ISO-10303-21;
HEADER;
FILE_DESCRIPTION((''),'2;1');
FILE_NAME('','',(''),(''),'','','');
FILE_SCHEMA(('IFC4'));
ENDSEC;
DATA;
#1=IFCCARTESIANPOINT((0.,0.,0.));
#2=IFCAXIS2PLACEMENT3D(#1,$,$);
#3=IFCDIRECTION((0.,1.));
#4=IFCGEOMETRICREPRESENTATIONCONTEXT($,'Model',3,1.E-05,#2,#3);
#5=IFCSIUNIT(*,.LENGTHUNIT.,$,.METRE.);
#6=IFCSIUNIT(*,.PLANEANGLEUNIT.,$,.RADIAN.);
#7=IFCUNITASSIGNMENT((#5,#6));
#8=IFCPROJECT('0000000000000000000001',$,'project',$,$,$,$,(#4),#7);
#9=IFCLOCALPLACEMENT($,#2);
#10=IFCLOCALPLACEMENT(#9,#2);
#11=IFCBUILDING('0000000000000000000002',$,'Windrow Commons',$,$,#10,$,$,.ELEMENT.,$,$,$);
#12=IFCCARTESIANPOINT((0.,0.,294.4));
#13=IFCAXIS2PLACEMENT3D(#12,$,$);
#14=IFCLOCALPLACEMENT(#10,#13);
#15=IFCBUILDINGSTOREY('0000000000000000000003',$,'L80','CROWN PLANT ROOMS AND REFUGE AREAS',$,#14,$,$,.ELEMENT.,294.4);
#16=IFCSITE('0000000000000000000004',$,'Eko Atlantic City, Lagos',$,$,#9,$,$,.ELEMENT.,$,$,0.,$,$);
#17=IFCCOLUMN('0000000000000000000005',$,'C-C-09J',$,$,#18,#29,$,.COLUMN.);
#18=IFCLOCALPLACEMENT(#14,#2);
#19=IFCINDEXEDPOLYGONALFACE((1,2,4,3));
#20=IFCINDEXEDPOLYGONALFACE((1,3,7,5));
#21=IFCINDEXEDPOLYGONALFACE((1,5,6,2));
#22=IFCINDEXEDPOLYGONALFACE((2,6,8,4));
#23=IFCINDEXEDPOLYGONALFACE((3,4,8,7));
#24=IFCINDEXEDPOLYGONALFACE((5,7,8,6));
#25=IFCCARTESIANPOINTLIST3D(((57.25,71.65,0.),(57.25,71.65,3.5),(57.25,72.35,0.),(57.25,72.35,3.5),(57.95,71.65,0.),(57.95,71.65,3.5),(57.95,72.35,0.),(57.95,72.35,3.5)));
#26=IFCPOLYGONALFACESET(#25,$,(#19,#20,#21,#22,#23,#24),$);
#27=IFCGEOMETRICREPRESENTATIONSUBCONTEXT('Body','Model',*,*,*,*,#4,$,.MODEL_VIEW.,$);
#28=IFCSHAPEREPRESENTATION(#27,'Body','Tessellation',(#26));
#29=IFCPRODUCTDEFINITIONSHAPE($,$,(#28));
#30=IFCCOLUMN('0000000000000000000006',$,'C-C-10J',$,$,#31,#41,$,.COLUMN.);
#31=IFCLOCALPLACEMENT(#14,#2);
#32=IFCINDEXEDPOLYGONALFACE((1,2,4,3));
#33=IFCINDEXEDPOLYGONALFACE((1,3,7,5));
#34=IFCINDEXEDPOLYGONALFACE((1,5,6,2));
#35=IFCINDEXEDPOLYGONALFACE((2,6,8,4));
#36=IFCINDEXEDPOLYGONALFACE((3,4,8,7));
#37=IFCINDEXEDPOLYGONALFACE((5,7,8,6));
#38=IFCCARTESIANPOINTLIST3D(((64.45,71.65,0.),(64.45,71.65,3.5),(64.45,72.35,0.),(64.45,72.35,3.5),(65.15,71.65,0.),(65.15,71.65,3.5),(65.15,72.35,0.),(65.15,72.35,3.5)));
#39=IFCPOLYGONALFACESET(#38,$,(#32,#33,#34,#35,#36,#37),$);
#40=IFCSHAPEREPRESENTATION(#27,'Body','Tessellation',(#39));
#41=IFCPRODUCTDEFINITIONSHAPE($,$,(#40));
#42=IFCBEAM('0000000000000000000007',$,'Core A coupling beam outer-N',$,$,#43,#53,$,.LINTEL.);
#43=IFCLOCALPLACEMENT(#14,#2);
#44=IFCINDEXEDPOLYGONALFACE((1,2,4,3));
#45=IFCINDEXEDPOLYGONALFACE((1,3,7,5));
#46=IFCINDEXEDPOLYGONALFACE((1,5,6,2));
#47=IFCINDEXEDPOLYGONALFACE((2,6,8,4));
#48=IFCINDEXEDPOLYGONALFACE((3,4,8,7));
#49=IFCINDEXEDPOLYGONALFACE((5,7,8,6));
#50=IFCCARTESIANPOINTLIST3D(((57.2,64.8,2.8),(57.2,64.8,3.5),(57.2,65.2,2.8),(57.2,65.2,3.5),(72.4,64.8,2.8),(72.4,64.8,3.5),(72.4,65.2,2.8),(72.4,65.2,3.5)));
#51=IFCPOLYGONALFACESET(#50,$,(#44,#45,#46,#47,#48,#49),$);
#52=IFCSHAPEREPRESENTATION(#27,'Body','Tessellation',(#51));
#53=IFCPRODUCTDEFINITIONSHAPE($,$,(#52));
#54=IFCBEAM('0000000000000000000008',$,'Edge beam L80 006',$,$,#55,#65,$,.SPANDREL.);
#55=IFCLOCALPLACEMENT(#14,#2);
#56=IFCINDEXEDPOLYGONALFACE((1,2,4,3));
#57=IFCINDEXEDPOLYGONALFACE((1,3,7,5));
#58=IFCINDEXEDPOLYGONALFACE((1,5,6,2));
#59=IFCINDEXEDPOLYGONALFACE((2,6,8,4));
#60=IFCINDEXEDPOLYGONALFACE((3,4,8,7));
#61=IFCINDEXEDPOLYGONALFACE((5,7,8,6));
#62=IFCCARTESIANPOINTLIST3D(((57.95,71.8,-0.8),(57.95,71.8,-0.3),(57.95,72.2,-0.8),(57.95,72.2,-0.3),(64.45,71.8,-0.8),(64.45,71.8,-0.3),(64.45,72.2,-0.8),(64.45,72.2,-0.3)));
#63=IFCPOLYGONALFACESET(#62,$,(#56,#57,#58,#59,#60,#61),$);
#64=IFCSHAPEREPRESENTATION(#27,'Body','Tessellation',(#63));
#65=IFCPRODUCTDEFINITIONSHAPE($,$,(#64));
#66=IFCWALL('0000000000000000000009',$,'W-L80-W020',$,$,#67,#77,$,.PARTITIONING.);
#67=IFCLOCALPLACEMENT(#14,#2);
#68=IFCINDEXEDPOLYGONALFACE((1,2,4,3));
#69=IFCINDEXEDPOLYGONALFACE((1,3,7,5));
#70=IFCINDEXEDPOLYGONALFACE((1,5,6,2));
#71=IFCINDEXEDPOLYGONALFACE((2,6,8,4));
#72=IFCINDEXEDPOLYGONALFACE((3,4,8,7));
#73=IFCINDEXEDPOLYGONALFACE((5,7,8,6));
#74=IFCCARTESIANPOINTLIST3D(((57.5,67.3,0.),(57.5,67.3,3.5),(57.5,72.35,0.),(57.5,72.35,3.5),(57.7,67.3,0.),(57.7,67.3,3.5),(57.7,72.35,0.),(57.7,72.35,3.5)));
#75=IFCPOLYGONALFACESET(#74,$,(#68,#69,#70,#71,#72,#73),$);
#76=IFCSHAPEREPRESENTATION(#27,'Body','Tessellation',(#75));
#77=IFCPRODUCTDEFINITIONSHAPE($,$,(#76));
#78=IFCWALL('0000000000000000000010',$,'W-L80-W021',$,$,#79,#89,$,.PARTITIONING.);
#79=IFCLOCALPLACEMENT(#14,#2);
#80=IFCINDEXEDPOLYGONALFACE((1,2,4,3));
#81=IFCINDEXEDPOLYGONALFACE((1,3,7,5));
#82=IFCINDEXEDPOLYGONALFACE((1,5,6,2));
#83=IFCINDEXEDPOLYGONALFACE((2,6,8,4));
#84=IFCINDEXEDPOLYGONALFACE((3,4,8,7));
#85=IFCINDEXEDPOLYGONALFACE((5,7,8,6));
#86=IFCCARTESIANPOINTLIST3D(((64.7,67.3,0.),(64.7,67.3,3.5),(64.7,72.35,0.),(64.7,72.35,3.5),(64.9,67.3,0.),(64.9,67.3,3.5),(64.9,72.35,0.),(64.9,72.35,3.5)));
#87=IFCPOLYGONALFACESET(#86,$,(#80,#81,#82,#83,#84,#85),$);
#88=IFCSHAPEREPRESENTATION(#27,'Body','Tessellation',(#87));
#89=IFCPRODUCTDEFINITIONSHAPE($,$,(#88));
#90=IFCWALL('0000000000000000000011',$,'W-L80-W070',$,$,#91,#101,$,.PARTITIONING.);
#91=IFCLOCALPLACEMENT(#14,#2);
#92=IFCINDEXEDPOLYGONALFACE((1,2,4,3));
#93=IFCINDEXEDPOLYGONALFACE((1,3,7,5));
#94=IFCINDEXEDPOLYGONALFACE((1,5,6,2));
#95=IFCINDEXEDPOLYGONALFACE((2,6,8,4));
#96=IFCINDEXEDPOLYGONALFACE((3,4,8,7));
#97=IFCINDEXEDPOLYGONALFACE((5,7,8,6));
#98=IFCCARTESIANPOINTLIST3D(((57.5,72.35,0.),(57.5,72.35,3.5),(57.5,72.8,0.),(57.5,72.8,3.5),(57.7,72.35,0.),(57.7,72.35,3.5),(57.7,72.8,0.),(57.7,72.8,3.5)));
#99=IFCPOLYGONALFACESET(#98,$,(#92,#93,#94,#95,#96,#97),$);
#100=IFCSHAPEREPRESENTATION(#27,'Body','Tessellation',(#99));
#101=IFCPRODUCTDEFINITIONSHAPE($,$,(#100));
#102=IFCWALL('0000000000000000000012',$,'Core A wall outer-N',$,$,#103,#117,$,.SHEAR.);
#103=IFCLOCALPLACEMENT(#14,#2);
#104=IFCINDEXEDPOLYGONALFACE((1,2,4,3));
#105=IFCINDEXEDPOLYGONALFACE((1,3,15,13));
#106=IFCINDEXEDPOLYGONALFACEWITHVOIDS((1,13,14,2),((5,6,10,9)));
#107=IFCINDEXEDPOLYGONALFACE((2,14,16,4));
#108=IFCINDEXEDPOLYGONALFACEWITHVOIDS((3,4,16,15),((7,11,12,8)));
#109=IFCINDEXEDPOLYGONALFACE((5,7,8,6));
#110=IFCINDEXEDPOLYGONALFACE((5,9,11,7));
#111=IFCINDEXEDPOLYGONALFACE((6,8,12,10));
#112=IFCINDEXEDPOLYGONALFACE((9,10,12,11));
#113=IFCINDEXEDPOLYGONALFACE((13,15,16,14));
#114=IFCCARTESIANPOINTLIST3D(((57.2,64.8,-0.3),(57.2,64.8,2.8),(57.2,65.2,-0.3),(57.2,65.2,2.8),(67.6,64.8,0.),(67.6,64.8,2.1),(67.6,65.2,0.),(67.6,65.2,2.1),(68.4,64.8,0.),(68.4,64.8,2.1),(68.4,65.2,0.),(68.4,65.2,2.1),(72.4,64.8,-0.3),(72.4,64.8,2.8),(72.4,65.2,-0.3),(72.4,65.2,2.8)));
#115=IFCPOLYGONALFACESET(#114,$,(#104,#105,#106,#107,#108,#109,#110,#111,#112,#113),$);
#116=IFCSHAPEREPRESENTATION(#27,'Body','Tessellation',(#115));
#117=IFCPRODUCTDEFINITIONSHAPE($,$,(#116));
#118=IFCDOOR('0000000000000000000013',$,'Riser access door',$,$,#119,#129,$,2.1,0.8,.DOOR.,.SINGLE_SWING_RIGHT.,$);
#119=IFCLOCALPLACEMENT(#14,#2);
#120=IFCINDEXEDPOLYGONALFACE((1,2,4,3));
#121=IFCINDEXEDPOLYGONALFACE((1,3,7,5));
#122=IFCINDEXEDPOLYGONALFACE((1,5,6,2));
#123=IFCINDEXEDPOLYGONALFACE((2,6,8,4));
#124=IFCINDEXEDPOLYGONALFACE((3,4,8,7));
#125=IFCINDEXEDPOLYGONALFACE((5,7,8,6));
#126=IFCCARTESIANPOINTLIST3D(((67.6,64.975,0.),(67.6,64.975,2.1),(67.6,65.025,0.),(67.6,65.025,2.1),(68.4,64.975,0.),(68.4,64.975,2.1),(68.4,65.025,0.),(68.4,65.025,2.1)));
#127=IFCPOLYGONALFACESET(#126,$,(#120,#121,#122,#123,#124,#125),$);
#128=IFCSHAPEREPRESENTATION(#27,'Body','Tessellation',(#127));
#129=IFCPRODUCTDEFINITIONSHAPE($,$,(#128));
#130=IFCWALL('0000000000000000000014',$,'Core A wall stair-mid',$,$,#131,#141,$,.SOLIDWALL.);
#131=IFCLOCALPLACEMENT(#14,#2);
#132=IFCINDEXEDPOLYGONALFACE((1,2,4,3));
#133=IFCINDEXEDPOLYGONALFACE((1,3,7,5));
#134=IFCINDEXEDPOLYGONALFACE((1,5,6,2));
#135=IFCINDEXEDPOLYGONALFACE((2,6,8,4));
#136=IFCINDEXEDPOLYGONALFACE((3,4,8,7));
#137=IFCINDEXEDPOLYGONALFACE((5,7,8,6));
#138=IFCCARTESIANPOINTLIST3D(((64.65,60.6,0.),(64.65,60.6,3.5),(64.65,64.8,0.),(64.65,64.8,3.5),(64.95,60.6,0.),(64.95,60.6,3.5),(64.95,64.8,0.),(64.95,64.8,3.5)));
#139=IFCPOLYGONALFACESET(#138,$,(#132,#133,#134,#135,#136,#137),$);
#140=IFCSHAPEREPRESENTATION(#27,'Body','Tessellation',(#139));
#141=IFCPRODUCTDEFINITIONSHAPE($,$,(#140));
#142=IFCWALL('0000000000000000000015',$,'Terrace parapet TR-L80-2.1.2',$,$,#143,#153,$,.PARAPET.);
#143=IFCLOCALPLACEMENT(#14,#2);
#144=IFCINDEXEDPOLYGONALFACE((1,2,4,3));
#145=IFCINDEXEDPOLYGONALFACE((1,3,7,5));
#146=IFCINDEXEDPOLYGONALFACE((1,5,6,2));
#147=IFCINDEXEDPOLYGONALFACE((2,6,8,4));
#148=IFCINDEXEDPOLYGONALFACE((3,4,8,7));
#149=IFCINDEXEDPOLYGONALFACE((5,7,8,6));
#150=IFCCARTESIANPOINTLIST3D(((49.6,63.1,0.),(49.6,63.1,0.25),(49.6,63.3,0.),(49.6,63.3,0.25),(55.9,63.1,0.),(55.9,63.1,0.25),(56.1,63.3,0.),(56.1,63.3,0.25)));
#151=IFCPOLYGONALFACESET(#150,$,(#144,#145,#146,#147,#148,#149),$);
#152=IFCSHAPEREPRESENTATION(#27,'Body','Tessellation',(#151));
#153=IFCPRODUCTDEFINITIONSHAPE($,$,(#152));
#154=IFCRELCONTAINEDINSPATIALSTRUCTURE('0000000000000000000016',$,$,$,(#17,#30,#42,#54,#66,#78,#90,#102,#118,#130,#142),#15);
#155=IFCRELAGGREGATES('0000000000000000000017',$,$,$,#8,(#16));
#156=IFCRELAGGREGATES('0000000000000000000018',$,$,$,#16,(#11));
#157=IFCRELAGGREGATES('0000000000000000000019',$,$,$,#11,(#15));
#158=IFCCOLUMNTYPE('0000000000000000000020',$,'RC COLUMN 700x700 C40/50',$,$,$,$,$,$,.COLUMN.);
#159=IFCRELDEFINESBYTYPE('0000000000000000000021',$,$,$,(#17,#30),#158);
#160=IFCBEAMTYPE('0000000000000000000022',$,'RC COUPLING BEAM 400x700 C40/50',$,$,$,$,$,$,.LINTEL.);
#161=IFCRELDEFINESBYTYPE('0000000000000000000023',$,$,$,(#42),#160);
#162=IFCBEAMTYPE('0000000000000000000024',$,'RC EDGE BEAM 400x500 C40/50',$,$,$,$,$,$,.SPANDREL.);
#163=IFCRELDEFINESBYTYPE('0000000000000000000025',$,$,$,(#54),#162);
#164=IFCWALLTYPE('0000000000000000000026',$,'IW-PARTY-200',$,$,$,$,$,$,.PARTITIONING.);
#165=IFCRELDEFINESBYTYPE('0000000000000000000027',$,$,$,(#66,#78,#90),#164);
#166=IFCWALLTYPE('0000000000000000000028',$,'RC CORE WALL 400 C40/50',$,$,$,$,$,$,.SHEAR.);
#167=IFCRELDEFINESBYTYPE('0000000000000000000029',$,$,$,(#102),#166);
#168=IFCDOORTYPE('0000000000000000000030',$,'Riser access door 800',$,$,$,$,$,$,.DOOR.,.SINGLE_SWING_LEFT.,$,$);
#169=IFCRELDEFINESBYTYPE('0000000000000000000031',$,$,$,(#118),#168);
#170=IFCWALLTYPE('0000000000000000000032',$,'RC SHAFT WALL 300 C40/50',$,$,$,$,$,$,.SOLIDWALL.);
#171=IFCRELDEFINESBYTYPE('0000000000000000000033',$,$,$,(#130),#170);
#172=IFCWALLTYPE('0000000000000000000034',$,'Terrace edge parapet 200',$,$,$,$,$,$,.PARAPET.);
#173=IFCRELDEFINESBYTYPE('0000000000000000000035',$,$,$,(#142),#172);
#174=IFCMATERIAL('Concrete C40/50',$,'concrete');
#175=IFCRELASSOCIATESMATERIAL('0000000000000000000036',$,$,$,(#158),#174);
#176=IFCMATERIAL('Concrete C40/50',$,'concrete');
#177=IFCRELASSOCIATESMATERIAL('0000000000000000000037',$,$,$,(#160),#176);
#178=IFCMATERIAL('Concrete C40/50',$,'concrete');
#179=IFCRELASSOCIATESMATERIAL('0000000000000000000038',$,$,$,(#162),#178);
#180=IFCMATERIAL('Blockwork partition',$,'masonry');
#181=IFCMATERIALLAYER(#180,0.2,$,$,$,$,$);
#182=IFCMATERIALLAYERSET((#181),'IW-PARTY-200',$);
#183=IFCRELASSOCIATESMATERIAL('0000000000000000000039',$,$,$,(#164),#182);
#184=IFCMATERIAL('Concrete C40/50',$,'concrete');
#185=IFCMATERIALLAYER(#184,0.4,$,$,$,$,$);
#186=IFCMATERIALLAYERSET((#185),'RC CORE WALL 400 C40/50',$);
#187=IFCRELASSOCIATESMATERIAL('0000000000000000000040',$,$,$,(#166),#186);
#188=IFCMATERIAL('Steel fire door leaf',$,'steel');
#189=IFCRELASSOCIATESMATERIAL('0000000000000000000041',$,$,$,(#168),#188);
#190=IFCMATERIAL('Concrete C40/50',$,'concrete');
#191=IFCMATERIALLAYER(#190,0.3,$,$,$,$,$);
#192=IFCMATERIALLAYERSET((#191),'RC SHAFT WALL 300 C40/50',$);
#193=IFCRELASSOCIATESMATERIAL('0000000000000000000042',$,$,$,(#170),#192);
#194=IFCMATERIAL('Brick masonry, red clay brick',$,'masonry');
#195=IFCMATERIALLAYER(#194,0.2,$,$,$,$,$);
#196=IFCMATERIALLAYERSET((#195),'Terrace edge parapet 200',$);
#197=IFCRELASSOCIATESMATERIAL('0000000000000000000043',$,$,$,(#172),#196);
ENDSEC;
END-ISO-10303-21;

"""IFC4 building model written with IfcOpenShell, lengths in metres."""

from ifc_helpers import new_model, si_unit, direction, frame, frame_2d, origin, origin_2d, place, context, subcontext, project, spatial, polyline, rectangle, outline, extrude, material, layer, layer_set, material_profile, profile_set, type_object, element, fill, save


model = new_model("IFC4")

# Units and contexts
model_context = context("Model", 3, precision=1e-05, world=origin(), true_north=direction((0.0, 1.0)))
body_context = subcontext(model_context, "Body", "Model", "MODEL_VIEW")
ifc_project = project(units=[si_unit("LENGTHUNIT", "METRE"), si_unit("PLANEANGLEUNIT", "RADIAN")], contexts=[model_context])

# Site, building, storey
site_placement = place(None, origin())
site = spatial("IfcSite", under=ifc_project, at=site_placement, Name="Eko Atlantic City, Lagos", CompositionType="ELEMENT", RefElevation=0.0)
building_placement = place(site_placement, origin())
building = spatial("IfcBuilding", under=site, at=building_placement, Name="Windrow Commons", CompositionType="ELEMENT")
storey_placement = place(building_placement, frame((0.0, 0.0, 294.4)))
storey = spatial("IfcBuildingStorey", under=building, at=storey_placement, Name="L80", Description="CROWN PLANT ROOMS AND REFUGE AREAS", CompositionType="ELEMENT", Elevation=294.4)

# Columns
ifc_material_1 = material(Name="Concrete C40/50", Category="concrete")
ifc_material_profile_1 = material_profile(ifc_material_1, rectangle(XDim=0.7, YDim=0.7, at=origin_2d()))
ifc_profile_set_1 = profile_set([ifc_material_profile_1], Name="Concrete C40/50")
column_type = type_object("IfcColumnType", Name="RC COLUMN 700x700 C40/50", PredefinedType="COLUMN", material=ifc_profile_set_1)
for number, where, z_axis, x_axis, name in (
    (1, (57.6, 72.0, 0.0), (0.0, 0.0, 1.0), (1.0, 0.0, 0.0), "C-C-09J"),
    (2, (64.8, 72.0, 0.0), (0.0, 0.0, 1.0), (1.0, 0.0, 0.0), "C-C-10J"),
):
    element("IfcColumn", number, at=place(storey_placement, frame(where, z_axis=z_axis, x_axis=x_axis)), inside=storey, type_object=column_type, Name=name, PredefinedType="COLUMN", context=body_context, shape_type="SweptSolid", body=[
        extrude(rectangle(XDim=0.7, YDim=0.7, at=origin_2d()), origin(), (0.0, 0.0, 1.0), 3.5),
    ])

# Beams
ifc_material_2 = material(Name="Concrete C40/50", Category="concrete")
ifc_material_profile_2 = material_profile(ifc_material_2, rectangle(XDim=0.4, YDim=0.7, at=origin_2d()))
ifc_profile_set_2 = profile_set([ifc_material_profile_2], Name="Concrete C40/50")
beam_type_1 = type_object("IfcBeamType", Name="RC COUPLING BEAM 400x700 C40/50", PredefinedType="LINTEL", material=ifc_profile_set_2)
beam_1_placement = place(storey_placement, frame((57.2, 65.0, 3.15), z_axis=(1.0, 0.0, 0.0), x_axis=(0.0, 1.0, 0.0)))
element("IfcBeam", 3, at=beam_1_placement, inside=storey, type_object=beam_type_1, Name="Core A coupling beam outer-N", PredefinedType="LINTEL", context=body_context, shape_type="SweptSolid", body=[
    extrude(rectangle(XDim=0.4, YDim=0.7, at=origin_2d()), origin(), (0.0, 0.0, 1.0), 15.2),
])
ifc_material_3 = material(Name="Concrete C40/50", Category="concrete")
ifc_material_profile_3 = material_profile(ifc_material_3, rectangle(XDim=0.4, YDim=0.5, at=origin_2d()))
ifc_profile_set_3 = profile_set([ifc_material_profile_3], Name="Concrete C40/50")
beam_type_2 = type_object("IfcBeamType", Name="RC EDGE BEAM 400x500 C40/50", PredefinedType="SPANDREL", material=ifc_profile_set_3)
beam_2_placement = place(storey_placement, frame((57.95, 72.0, -0.55), z_axis=(1.0, 0.0, 0.0), x_axis=(0.0, 1.0, 0.0)))
element("IfcBeam", 4, at=beam_2_placement, inside=storey, type_object=beam_type_2, Name="Edge beam L80 006", PredefinedType="SPANDREL", context=body_context, shape_type="SweptSolid", body=[
    extrude(rectangle(XDim=0.4, YDim=0.5, at=origin_2d()), origin(), (0.0, 0.0, 1.0), 6.5),
])

# Walls
ifc_material_4 = material(Name="Blockwork partition", Category="masonry")
ifc_layer_1 = layer(ifc_material_4, 0.2)
ifc_layer_set_1 = layer_set([ifc_layer_1], Name="IW-PARTY-200")
wall_type_1 = type_object("IfcWallType", Name="IW-PARTY-200", PredefinedType="PARTITIONING", material=ifc_layer_set_1)
for number, where, z_axis, x_axis, name in (
    (5, (57.6, 67.3, 0.0), (0.0, 0.0, 1.0), (0.0, 1.0, 0.0), "W-L80-W020"),
    (6, (64.8, 67.3, 0.0), (0.0, 0.0, 1.0), (0.0, 1.0, 0.0), "W-L80-W021"),
):
    element("IfcWall", number, at=place(storey_placement, frame(where, z_axis=z_axis, x_axis=x_axis)), inside=storey, type_object=wall_type_1, Name=name, PredefinedType="PARTITIONING", context=body_context, shape_type="SweptSolid", body=[
        extrude(rectangle(XDim=5.05, YDim=0.2, at=frame_2d((2.525, 0.0))), origin(), (0.0, 0.0, 1.0), 3.5),
    ])
wall_1_placement = place(storey_placement, frame((57.6, 72.35, 0.0), z_axis=(0.0, 0.0, 1.0), x_axis=(0.0, 1.0, 0.0)))
element("IfcWall", 7, at=wall_1_placement, inside=storey, type_object=wall_type_1, Name="W-L80-W070", PredefinedType="PARTITIONING", context=body_context, shape_type="SweptSolid", body=[
    extrude(outline(polyline([(0.0, -0.1), (0.45, -0.1), (0.45, 0.1), (0.0, 0.1), (0.0, -0.1)])), origin(), (0.0, 0.0, 1.0), 3.5),
])

# Wall, opening, door
ifc_material_5 = material(Name="Concrete C40/50", Category="concrete")
ifc_layer_2 = layer(ifc_material_5, 0.4)
ifc_layer_set_2 = layer_set([ifc_layer_2], Name="RC CORE WALL 400 C40/50")
wall_type_2 = type_object("IfcWallType", Name="RC CORE WALL 400 C40/50", PredefinedType="SHEAR", material=ifc_layer_set_2)
wall_2_placement = place(storey_placement, frame((57.2, 65.0, -0.3), z_axis=(0.0, 0.0, 1.0), x_axis=(1.0, 0.0, 0.0)))
wall_2 = element("IfcWall", 8, at=wall_2_placement, inside=storey, type_object=wall_type_2, Name="Core A wall outer-N", PredefinedType="SHEAR", context=body_context, shape_type="SweptSolid", body=[
    extrude(outline(polyline([(0.0, 0.0), (15.2, 0.0), (15.2, 3.1), (0.0, 3.1), (0.0, 0.0)])), frame((0.0, 0.2, 0.0), z_axis=(0.0, -1.0, 0.0), x_axis=(1.0, 0.0, 0.0)), (0.0, 0.0, 1.0), 0.4),
])
opening_1_placement = place(wall_2_placement, frame((10.4, 0.0, 0.3)))
opening_1 = element("IfcOpeningElement", 9, at=opening_1_placement, cuts=wall_2, PredefinedType="OPENING", context=body_context, shape_type="SweptSolid", body=[
    extrude(rectangle(XDim=0.8, YDim=2.1, at=frame_2d((0.4, 1.05))), frame((0.0, 0.21, 0.0), z_axis=(0.0, -1.0, 0.0), x_axis=(1.0, 0.0, 0.0)), (0.0, 0.0, 1.0), 0.42),
])
ifc_material_6 = material(Name="Steel fire door leaf", Category="steel")
door_type = type_object("IfcDoorType", Name="Riser access door 800", OperationType="SINGLE_SWING_LEFT", PredefinedType="DOOR", material=ifc_material_6)
door_placement = place(opening_1_placement, origin())
door = element("IfcDoor", 10, at=door_placement, inside=storey, type_object=door_type, Name="Riser access door", OperationType="SINGLE_SWING_RIGHT", OverallHeight=2.1, OverallWidth=0.8, PredefinedType="DOOR", context=body_context, shape_type="SweptSolid", body=[
    extrude(rectangle(XDim=0.8, YDim=2.1, at=frame_2d((0.4, 1.05))), frame((0.0, 0.025, 0.0), z_axis=(0.0, -1.0, 0.0), x_axis=(1.0, 0.0, 0.0)), (0.0, 0.0, 1.0), 0.05),
])
fill(opening_1, door)

# Walls
ifc_material_7 = material(Name="Concrete C40/50", Category="concrete")
ifc_layer_3 = layer(ifc_material_7, 0.3)
ifc_layer_set_3 = layer_set([ifc_layer_3], Name="RC SHAFT WALL 300 C40/50")
wall_type_3 = type_object("IfcWallType", Name="RC SHAFT WALL 300 C40/50", PredefinedType="SOLIDWALL", material=ifc_layer_set_3)
wall_3_placement = place(storey_placement, frame((64.8, 60.6, 0.0), z_axis=(0.0, 0.0, 1.0), x_axis=(0.0, 1.0, 0.0)))
element("IfcWall", 11, at=wall_3_placement, inside=storey, type_object=wall_type_3, Name="Core A wall stair-mid", PredefinedType="SOLIDWALL", context=body_context, shape_type="SweptSolid", body=[
    extrude(outline(polyline([(0.0, 0.0), (4.2, 0.0), (4.2, 3.5), (0.0, 3.5), (0.0, 0.0)])), frame((0.0, 0.15, 0.0), z_axis=(0.0, -1.0, 0.0), x_axis=(1.0, 0.0, 0.0)), (0.0, 0.0, 1.0), 0.3),
])
ifc_material_8 = material(Name="Brick masonry, red clay brick", Category="masonry")
ifc_layer_4 = layer(ifc_material_8, 0.2)
ifc_layer_set_4 = layer_set([ifc_layer_4], Name="Terrace edge parapet 200")
wall_type_4 = type_object("IfcWallType", Name="Terrace edge parapet 200", PredefinedType="PARAPET", material=ifc_layer_set_4)
wall_4_placement = place(storey_placement, frame((56.0, 63.2, 0.0), z_axis=(0.0, 0.0, 1.0), x_axis=(-1.0, 0.0, 0.0)))
element("IfcWall", 12, at=wall_4_placement, inside=storey, type_object=wall_type_4, Name="Terrace parapet TR-L80-2.1.2", PredefinedType="PARAPET", context=body_context, shape_type="SweptSolid", body=[
    extrude(outline(polyline([(-0.1, -0.1), (6.4, -0.1), (6.4, 0.1), (0.1, 0.1), (-0.1, -0.1)])), origin(), (0.0, 0.0, 1.0), 0.25),
])

save(model, "model.ifc")
